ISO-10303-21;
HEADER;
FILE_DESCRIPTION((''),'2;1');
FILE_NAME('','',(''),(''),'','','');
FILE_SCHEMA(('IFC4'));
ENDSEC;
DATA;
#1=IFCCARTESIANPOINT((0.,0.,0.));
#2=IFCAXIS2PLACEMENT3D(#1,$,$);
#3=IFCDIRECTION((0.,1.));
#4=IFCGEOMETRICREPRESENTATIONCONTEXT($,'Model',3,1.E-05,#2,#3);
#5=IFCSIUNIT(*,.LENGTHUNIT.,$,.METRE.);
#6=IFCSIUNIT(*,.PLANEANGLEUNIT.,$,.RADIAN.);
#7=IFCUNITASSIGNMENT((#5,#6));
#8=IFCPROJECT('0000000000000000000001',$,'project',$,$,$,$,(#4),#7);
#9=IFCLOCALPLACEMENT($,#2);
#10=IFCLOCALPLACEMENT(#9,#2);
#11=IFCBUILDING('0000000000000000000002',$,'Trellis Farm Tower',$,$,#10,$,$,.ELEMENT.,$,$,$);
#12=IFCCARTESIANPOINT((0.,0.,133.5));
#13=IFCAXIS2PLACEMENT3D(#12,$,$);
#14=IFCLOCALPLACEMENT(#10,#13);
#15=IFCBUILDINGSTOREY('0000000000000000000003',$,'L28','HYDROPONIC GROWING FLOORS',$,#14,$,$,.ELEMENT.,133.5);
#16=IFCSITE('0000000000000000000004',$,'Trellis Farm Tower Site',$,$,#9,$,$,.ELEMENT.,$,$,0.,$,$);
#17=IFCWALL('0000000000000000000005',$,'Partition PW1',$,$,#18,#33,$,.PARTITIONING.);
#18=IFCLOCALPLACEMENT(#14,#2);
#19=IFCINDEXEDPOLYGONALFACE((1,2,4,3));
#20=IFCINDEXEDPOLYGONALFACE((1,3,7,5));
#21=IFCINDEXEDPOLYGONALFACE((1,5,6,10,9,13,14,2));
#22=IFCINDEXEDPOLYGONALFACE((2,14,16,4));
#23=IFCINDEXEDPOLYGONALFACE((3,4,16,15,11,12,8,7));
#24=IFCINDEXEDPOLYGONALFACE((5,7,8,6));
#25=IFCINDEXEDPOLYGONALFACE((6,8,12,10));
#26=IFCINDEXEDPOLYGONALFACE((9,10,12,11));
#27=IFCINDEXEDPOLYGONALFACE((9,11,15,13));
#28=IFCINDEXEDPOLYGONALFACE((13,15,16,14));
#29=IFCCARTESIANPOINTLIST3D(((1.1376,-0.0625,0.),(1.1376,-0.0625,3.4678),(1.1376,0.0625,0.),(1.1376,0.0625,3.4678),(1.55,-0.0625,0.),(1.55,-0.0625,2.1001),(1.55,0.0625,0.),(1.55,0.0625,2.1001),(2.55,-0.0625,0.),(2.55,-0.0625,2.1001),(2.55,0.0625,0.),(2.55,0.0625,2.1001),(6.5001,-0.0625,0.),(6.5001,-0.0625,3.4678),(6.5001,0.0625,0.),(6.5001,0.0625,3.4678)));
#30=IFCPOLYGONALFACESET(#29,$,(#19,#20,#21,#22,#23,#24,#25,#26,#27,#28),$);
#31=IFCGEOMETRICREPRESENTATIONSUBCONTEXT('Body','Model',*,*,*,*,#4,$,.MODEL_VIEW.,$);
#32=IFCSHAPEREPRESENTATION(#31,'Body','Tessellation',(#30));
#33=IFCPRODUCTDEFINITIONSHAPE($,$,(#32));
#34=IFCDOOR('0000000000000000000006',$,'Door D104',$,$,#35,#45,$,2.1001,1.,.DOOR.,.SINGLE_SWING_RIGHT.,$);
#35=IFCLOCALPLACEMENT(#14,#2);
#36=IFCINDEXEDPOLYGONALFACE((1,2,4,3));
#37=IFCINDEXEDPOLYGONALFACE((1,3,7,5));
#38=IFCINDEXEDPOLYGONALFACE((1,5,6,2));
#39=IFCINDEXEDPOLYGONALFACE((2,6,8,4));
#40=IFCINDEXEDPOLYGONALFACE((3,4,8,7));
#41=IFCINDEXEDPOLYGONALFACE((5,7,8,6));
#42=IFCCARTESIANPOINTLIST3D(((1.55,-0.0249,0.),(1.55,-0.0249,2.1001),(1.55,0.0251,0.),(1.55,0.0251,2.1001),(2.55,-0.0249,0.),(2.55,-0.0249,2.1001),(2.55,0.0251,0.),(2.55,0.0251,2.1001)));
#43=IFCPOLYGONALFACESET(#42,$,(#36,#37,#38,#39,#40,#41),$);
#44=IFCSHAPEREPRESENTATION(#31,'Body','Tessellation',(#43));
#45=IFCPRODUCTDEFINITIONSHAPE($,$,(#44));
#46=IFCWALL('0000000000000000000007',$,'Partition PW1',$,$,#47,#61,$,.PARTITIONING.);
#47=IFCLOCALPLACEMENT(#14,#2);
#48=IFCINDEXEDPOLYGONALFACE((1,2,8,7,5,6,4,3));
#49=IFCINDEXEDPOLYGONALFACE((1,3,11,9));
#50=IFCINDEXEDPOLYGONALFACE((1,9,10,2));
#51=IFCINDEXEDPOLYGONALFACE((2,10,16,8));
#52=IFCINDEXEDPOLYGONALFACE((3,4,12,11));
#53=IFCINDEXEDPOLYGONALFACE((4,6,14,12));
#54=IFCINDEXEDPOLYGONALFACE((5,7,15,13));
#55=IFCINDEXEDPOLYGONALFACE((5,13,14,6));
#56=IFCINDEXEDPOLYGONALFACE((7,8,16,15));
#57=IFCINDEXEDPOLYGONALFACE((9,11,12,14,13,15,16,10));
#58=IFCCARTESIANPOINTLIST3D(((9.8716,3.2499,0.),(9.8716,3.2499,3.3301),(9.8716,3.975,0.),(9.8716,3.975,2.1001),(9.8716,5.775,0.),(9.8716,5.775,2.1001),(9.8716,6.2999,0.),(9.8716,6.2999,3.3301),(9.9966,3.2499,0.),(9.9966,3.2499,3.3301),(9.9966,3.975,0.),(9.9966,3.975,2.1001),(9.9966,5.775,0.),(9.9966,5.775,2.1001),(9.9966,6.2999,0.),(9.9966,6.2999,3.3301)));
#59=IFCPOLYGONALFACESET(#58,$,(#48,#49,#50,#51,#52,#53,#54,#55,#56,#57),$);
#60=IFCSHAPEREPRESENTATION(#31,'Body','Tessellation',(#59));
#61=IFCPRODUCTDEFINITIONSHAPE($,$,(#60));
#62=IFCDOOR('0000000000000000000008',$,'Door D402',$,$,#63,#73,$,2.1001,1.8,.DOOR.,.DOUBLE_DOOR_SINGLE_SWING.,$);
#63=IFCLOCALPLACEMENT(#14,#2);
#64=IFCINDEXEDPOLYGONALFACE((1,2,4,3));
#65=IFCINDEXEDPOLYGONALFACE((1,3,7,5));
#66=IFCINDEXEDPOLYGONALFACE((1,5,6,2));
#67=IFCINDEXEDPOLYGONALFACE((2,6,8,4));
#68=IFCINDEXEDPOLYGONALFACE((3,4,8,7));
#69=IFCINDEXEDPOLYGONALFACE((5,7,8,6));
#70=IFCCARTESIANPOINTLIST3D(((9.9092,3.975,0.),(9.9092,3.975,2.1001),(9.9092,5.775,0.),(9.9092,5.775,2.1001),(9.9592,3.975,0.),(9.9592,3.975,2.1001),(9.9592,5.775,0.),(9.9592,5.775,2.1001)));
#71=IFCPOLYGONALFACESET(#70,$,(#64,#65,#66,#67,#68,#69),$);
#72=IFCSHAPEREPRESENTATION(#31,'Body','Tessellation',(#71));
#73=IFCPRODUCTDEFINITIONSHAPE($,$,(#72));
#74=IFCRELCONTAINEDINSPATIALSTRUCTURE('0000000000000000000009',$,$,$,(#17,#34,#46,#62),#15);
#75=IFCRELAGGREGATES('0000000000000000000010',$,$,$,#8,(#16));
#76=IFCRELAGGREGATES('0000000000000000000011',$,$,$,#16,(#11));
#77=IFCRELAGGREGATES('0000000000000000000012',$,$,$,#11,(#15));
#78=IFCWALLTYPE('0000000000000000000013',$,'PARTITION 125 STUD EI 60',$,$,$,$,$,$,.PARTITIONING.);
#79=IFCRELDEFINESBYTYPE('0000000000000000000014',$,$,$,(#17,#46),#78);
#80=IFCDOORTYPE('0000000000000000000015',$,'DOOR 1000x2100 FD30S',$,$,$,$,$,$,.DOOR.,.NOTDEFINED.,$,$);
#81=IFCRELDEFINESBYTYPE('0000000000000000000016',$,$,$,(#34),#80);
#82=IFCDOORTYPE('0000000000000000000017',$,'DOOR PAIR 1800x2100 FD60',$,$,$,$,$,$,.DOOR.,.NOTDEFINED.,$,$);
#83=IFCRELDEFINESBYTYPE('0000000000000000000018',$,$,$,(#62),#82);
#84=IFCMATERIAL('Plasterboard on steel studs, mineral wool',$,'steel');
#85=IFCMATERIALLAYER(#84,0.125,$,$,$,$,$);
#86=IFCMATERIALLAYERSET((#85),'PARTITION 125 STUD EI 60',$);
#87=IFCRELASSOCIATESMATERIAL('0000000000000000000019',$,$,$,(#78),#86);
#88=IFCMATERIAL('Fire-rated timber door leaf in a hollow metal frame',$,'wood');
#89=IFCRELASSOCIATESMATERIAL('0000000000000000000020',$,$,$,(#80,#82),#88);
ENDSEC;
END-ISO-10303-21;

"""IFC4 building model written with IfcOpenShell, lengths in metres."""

from ifc_helpers import new_model, si_unit, direction, frame, frame_2d, origin, place, context, subcontext, project, spatial, rectangle, extrude, source, transform, mapped, material, layer, layer_set, type_object, element, fill, save


model = new_model("IFC4")

# Units and contexts
model_context = context("Model", 3, precision=1e-05, world=origin(), true_north=direction((0.0, 1.0)))
body_context = subcontext(model_context, "Body", "Model", "MODEL_VIEW")
ifc_project = project(units=[si_unit("LENGTHUNIT", "METRE"), si_unit("PLANEANGLEUNIT", "RADIAN")], contexts=[model_context])

# Site, building, storey
site_placement = place(None, origin())
site = spatial("IfcSite", under=ifc_project, at=site_placement, Name="Trellis Farm Tower Site", CompositionType="ELEMENT", RefElevation=0.0)
building_placement = place(site_placement, origin())
building = spatial("IfcBuilding", under=site, at=building_placement, Name="Trellis Farm Tower", CompositionType="ELEMENT")
storey_placement = place(building_placement, frame((0.0, 0.0, 133.5)))
storey = spatial("IfcBuildingStorey", under=building, at=storey_placement, Name="L28", Description="HYDROPONIC GROWING FLOORS", CompositionType="ELEMENT", Elevation=133.5)

# Walls, openings, doors
ifc_material_1 = material(Name="Plasterboard on steel studs, mineral wool", Category="steel")
ifc_layer_1 = layer(ifc_material_1, 0.125)
ifc_layer_set_1 = layer_set([ifc_layer_1], Name="PARTITION 125 STUD EI 60")
wall_type_1 = type_object("IfcWallType", Name="PARTITION 125 STUD EI 60", PredefinedType="PARTITIONING", material=ifc_layer_set_1)
shared_shape_1 = source(origin(), body_context, "Body", "SweptSolid", [
    extrude(rectangle(XDim=5.3625, YDim=0.125, at=frame_2d((2.6812, 0.0))), origin(), (0.0, 0.0, 1.0), 3.4678),
])
wall_1_placement = place(storey_placement, frame((6.5, 0.0, 0.0), z_axis=(0.0, 0.0, 1.0), x_axis=(-1.0, 0.0, 0.0)))
wall_1 = element("IfcWall", 1, at=wall_1_placement, inside=storey, type_object=wall_type_1, Name="Partition PW1", PredefinedType="PARTITIONING", context=body_context, shape_type="MappedRepresentation", body=[
    mapped(shared_shape_1, transform((0.0, 0.0, 0.0))),
])
shared_shape_2 = source(origin(), body_context, "Body", "SweptSolid", [
    extrude(rectangle(XDim=1.0, YDim=2.1001, at=frame_2d((0.5, 1.05))), frame((0.0, 0.0725, 0.0), z_axis=(0.0, -1.0, 0.0), x_axis=(1.0, 0.0, 0.0)), (0.0, 0.0, 1.0), 0.145),
])
opening_1_placement = place(wall_1_placement, frame((3.95, 0.0, 0.0)))
opening_1 = element("IfcOpeningElement", 2, at=opening_1_placement, cuts=wall_1, PredefinedType="OPENING", context=body_context, shape_type="MappedRepresentation", body=[
    mapped(shared_shape_2, transform((0.0, 0.0, 0.0))),
])
ifc_material_2 = material(Name="Fire-rated timber door leaf in a hollow metal frame", Category="wood")
door_type_1 = type_object("IfcDoorType", Name="DOOR 1000x2100 FD30S", OperationType="NOTDEFINED", PredefinedType="DOOR", material=ifc_material_2)
shared_shape_3 = source(origin(), body_context, "Body", "SweptSolid", [
    extrude(rectangle(XDim=1.0, YDim=2.1001, at=frame_2d((0.5, 1.05))), frame((0.0, 0.0249, 0.0), z_axis=(0.0, -1.0, 0.0), x_axis=(1.0, 0.0, 0.0)), (0.0, 0.0, 1.0), 0.05),
])
door_1_placement = place(opening_1_placement, origin())
door_1 = element("IfcDoor", 3, at=door_1_placement, inside=storey, type_object=door_type_1, Name="Door D104", OperationType="SINGLE_SWING_RIGHT", OverallHeight=2.1001, OverallWidth=1.0, PredefinedType="DOOR", context=body_context, shape_type="MappedRepresentation", body=[
    mapped(shared_shape_3, transform((0.0, 0.0, 0.0))),
])
fill(opening_1, door_1)
shared_shape_4 = source(origin(), body_context, "Body", "SweptSolid", [
    extrude(rectangle(XDim=3.05, YDim=0.125, at=frame_2d((1.5249, 0.0))), origin(), (0.0, 0.0, 1.0), 3.3301),
])
wall_2_placement = place(storey_placement, frame((9.9341, 3.25, 0.0), z_axis=(0.0, 0.0, 1.0), x_axis=(0.0, 1.0, 0.0)))
wall_2 = element("IfcWall", 4, at=wall_2_placement, inside=storey, type_object=wall_type_1, Name="Partition PW1", PredefinedType="PARTITIONING", context=body_context, shape_type="MappedRepresentation", body=[
    mapped(shared_shape_4, transform((0.0, 0.0, 0.0))),
])
shared_shape_5 = source(origin(), body_context, "Body", "SweptSolid", [
    extrude(rectangle(XDim=1.8, YDim=2.1001, at=frame_2d((0.8999, 1.05))), frame((0.0, 0.0725, 0.0), z_axis=(0.0, -1.0, 0.0), x_axis=(1.0, 0.0, 0.0)), (0.0, 0.0, 1.0), 0.145),
])
opening_2_placement = place(wall_2_placement, frame((0.7251, 0.0, 0.0)))
opening_2 = element("IfcOpeningElement", 5, at=opening_2_placement, cuts=wall_2, PredefinedType="OPENING", context=body_context, shape_type="MappedRepresentation", body=[
    mapped(shared_shape_5, transform((0.0, 0.0, 0.0))),
])
door_type_2 = type_object("IfcDoorType", Name="DOOR PAIR 1800x2100 FD60", OperationType="NOTDEFINED", PredefinedType="DOOR", material=ifc_material_2)
shared_shape_6 = source(origin(), body_context, "Body", "SweptSolid", [
    extrude(rectangle(XDim=1.8, YDim=2.1001, at=frame_2d((0.8999, 1.05))), frame((0.0, 0.0249, 0.0), z_axis=(0.0, -1.0, 0.0), x_axis=(1.0, 0.0, 0.0)), (0.0, 0.0, 1.0), 0.05),
])
door_2_placement = place(opening_2_placement, origin())
door_2 = element("IfcDoor", 6, at=door_2_placement, inside=storey, type_object=door_type_2, Name="Door D402", OperationType="DOUBLE_DOOR_SINGLE_SWING", OverallHeight=2.1001, OverallWidth=1.8, PredefinedType="DOOR", context=body_context, shape_type="MappedRepresentation", body=[
    mapped(shared_shape_6, transform((0.0, 0.0, 0.0))),
])
fill(opening_2, door_2)

save(model, "model.ifc")
